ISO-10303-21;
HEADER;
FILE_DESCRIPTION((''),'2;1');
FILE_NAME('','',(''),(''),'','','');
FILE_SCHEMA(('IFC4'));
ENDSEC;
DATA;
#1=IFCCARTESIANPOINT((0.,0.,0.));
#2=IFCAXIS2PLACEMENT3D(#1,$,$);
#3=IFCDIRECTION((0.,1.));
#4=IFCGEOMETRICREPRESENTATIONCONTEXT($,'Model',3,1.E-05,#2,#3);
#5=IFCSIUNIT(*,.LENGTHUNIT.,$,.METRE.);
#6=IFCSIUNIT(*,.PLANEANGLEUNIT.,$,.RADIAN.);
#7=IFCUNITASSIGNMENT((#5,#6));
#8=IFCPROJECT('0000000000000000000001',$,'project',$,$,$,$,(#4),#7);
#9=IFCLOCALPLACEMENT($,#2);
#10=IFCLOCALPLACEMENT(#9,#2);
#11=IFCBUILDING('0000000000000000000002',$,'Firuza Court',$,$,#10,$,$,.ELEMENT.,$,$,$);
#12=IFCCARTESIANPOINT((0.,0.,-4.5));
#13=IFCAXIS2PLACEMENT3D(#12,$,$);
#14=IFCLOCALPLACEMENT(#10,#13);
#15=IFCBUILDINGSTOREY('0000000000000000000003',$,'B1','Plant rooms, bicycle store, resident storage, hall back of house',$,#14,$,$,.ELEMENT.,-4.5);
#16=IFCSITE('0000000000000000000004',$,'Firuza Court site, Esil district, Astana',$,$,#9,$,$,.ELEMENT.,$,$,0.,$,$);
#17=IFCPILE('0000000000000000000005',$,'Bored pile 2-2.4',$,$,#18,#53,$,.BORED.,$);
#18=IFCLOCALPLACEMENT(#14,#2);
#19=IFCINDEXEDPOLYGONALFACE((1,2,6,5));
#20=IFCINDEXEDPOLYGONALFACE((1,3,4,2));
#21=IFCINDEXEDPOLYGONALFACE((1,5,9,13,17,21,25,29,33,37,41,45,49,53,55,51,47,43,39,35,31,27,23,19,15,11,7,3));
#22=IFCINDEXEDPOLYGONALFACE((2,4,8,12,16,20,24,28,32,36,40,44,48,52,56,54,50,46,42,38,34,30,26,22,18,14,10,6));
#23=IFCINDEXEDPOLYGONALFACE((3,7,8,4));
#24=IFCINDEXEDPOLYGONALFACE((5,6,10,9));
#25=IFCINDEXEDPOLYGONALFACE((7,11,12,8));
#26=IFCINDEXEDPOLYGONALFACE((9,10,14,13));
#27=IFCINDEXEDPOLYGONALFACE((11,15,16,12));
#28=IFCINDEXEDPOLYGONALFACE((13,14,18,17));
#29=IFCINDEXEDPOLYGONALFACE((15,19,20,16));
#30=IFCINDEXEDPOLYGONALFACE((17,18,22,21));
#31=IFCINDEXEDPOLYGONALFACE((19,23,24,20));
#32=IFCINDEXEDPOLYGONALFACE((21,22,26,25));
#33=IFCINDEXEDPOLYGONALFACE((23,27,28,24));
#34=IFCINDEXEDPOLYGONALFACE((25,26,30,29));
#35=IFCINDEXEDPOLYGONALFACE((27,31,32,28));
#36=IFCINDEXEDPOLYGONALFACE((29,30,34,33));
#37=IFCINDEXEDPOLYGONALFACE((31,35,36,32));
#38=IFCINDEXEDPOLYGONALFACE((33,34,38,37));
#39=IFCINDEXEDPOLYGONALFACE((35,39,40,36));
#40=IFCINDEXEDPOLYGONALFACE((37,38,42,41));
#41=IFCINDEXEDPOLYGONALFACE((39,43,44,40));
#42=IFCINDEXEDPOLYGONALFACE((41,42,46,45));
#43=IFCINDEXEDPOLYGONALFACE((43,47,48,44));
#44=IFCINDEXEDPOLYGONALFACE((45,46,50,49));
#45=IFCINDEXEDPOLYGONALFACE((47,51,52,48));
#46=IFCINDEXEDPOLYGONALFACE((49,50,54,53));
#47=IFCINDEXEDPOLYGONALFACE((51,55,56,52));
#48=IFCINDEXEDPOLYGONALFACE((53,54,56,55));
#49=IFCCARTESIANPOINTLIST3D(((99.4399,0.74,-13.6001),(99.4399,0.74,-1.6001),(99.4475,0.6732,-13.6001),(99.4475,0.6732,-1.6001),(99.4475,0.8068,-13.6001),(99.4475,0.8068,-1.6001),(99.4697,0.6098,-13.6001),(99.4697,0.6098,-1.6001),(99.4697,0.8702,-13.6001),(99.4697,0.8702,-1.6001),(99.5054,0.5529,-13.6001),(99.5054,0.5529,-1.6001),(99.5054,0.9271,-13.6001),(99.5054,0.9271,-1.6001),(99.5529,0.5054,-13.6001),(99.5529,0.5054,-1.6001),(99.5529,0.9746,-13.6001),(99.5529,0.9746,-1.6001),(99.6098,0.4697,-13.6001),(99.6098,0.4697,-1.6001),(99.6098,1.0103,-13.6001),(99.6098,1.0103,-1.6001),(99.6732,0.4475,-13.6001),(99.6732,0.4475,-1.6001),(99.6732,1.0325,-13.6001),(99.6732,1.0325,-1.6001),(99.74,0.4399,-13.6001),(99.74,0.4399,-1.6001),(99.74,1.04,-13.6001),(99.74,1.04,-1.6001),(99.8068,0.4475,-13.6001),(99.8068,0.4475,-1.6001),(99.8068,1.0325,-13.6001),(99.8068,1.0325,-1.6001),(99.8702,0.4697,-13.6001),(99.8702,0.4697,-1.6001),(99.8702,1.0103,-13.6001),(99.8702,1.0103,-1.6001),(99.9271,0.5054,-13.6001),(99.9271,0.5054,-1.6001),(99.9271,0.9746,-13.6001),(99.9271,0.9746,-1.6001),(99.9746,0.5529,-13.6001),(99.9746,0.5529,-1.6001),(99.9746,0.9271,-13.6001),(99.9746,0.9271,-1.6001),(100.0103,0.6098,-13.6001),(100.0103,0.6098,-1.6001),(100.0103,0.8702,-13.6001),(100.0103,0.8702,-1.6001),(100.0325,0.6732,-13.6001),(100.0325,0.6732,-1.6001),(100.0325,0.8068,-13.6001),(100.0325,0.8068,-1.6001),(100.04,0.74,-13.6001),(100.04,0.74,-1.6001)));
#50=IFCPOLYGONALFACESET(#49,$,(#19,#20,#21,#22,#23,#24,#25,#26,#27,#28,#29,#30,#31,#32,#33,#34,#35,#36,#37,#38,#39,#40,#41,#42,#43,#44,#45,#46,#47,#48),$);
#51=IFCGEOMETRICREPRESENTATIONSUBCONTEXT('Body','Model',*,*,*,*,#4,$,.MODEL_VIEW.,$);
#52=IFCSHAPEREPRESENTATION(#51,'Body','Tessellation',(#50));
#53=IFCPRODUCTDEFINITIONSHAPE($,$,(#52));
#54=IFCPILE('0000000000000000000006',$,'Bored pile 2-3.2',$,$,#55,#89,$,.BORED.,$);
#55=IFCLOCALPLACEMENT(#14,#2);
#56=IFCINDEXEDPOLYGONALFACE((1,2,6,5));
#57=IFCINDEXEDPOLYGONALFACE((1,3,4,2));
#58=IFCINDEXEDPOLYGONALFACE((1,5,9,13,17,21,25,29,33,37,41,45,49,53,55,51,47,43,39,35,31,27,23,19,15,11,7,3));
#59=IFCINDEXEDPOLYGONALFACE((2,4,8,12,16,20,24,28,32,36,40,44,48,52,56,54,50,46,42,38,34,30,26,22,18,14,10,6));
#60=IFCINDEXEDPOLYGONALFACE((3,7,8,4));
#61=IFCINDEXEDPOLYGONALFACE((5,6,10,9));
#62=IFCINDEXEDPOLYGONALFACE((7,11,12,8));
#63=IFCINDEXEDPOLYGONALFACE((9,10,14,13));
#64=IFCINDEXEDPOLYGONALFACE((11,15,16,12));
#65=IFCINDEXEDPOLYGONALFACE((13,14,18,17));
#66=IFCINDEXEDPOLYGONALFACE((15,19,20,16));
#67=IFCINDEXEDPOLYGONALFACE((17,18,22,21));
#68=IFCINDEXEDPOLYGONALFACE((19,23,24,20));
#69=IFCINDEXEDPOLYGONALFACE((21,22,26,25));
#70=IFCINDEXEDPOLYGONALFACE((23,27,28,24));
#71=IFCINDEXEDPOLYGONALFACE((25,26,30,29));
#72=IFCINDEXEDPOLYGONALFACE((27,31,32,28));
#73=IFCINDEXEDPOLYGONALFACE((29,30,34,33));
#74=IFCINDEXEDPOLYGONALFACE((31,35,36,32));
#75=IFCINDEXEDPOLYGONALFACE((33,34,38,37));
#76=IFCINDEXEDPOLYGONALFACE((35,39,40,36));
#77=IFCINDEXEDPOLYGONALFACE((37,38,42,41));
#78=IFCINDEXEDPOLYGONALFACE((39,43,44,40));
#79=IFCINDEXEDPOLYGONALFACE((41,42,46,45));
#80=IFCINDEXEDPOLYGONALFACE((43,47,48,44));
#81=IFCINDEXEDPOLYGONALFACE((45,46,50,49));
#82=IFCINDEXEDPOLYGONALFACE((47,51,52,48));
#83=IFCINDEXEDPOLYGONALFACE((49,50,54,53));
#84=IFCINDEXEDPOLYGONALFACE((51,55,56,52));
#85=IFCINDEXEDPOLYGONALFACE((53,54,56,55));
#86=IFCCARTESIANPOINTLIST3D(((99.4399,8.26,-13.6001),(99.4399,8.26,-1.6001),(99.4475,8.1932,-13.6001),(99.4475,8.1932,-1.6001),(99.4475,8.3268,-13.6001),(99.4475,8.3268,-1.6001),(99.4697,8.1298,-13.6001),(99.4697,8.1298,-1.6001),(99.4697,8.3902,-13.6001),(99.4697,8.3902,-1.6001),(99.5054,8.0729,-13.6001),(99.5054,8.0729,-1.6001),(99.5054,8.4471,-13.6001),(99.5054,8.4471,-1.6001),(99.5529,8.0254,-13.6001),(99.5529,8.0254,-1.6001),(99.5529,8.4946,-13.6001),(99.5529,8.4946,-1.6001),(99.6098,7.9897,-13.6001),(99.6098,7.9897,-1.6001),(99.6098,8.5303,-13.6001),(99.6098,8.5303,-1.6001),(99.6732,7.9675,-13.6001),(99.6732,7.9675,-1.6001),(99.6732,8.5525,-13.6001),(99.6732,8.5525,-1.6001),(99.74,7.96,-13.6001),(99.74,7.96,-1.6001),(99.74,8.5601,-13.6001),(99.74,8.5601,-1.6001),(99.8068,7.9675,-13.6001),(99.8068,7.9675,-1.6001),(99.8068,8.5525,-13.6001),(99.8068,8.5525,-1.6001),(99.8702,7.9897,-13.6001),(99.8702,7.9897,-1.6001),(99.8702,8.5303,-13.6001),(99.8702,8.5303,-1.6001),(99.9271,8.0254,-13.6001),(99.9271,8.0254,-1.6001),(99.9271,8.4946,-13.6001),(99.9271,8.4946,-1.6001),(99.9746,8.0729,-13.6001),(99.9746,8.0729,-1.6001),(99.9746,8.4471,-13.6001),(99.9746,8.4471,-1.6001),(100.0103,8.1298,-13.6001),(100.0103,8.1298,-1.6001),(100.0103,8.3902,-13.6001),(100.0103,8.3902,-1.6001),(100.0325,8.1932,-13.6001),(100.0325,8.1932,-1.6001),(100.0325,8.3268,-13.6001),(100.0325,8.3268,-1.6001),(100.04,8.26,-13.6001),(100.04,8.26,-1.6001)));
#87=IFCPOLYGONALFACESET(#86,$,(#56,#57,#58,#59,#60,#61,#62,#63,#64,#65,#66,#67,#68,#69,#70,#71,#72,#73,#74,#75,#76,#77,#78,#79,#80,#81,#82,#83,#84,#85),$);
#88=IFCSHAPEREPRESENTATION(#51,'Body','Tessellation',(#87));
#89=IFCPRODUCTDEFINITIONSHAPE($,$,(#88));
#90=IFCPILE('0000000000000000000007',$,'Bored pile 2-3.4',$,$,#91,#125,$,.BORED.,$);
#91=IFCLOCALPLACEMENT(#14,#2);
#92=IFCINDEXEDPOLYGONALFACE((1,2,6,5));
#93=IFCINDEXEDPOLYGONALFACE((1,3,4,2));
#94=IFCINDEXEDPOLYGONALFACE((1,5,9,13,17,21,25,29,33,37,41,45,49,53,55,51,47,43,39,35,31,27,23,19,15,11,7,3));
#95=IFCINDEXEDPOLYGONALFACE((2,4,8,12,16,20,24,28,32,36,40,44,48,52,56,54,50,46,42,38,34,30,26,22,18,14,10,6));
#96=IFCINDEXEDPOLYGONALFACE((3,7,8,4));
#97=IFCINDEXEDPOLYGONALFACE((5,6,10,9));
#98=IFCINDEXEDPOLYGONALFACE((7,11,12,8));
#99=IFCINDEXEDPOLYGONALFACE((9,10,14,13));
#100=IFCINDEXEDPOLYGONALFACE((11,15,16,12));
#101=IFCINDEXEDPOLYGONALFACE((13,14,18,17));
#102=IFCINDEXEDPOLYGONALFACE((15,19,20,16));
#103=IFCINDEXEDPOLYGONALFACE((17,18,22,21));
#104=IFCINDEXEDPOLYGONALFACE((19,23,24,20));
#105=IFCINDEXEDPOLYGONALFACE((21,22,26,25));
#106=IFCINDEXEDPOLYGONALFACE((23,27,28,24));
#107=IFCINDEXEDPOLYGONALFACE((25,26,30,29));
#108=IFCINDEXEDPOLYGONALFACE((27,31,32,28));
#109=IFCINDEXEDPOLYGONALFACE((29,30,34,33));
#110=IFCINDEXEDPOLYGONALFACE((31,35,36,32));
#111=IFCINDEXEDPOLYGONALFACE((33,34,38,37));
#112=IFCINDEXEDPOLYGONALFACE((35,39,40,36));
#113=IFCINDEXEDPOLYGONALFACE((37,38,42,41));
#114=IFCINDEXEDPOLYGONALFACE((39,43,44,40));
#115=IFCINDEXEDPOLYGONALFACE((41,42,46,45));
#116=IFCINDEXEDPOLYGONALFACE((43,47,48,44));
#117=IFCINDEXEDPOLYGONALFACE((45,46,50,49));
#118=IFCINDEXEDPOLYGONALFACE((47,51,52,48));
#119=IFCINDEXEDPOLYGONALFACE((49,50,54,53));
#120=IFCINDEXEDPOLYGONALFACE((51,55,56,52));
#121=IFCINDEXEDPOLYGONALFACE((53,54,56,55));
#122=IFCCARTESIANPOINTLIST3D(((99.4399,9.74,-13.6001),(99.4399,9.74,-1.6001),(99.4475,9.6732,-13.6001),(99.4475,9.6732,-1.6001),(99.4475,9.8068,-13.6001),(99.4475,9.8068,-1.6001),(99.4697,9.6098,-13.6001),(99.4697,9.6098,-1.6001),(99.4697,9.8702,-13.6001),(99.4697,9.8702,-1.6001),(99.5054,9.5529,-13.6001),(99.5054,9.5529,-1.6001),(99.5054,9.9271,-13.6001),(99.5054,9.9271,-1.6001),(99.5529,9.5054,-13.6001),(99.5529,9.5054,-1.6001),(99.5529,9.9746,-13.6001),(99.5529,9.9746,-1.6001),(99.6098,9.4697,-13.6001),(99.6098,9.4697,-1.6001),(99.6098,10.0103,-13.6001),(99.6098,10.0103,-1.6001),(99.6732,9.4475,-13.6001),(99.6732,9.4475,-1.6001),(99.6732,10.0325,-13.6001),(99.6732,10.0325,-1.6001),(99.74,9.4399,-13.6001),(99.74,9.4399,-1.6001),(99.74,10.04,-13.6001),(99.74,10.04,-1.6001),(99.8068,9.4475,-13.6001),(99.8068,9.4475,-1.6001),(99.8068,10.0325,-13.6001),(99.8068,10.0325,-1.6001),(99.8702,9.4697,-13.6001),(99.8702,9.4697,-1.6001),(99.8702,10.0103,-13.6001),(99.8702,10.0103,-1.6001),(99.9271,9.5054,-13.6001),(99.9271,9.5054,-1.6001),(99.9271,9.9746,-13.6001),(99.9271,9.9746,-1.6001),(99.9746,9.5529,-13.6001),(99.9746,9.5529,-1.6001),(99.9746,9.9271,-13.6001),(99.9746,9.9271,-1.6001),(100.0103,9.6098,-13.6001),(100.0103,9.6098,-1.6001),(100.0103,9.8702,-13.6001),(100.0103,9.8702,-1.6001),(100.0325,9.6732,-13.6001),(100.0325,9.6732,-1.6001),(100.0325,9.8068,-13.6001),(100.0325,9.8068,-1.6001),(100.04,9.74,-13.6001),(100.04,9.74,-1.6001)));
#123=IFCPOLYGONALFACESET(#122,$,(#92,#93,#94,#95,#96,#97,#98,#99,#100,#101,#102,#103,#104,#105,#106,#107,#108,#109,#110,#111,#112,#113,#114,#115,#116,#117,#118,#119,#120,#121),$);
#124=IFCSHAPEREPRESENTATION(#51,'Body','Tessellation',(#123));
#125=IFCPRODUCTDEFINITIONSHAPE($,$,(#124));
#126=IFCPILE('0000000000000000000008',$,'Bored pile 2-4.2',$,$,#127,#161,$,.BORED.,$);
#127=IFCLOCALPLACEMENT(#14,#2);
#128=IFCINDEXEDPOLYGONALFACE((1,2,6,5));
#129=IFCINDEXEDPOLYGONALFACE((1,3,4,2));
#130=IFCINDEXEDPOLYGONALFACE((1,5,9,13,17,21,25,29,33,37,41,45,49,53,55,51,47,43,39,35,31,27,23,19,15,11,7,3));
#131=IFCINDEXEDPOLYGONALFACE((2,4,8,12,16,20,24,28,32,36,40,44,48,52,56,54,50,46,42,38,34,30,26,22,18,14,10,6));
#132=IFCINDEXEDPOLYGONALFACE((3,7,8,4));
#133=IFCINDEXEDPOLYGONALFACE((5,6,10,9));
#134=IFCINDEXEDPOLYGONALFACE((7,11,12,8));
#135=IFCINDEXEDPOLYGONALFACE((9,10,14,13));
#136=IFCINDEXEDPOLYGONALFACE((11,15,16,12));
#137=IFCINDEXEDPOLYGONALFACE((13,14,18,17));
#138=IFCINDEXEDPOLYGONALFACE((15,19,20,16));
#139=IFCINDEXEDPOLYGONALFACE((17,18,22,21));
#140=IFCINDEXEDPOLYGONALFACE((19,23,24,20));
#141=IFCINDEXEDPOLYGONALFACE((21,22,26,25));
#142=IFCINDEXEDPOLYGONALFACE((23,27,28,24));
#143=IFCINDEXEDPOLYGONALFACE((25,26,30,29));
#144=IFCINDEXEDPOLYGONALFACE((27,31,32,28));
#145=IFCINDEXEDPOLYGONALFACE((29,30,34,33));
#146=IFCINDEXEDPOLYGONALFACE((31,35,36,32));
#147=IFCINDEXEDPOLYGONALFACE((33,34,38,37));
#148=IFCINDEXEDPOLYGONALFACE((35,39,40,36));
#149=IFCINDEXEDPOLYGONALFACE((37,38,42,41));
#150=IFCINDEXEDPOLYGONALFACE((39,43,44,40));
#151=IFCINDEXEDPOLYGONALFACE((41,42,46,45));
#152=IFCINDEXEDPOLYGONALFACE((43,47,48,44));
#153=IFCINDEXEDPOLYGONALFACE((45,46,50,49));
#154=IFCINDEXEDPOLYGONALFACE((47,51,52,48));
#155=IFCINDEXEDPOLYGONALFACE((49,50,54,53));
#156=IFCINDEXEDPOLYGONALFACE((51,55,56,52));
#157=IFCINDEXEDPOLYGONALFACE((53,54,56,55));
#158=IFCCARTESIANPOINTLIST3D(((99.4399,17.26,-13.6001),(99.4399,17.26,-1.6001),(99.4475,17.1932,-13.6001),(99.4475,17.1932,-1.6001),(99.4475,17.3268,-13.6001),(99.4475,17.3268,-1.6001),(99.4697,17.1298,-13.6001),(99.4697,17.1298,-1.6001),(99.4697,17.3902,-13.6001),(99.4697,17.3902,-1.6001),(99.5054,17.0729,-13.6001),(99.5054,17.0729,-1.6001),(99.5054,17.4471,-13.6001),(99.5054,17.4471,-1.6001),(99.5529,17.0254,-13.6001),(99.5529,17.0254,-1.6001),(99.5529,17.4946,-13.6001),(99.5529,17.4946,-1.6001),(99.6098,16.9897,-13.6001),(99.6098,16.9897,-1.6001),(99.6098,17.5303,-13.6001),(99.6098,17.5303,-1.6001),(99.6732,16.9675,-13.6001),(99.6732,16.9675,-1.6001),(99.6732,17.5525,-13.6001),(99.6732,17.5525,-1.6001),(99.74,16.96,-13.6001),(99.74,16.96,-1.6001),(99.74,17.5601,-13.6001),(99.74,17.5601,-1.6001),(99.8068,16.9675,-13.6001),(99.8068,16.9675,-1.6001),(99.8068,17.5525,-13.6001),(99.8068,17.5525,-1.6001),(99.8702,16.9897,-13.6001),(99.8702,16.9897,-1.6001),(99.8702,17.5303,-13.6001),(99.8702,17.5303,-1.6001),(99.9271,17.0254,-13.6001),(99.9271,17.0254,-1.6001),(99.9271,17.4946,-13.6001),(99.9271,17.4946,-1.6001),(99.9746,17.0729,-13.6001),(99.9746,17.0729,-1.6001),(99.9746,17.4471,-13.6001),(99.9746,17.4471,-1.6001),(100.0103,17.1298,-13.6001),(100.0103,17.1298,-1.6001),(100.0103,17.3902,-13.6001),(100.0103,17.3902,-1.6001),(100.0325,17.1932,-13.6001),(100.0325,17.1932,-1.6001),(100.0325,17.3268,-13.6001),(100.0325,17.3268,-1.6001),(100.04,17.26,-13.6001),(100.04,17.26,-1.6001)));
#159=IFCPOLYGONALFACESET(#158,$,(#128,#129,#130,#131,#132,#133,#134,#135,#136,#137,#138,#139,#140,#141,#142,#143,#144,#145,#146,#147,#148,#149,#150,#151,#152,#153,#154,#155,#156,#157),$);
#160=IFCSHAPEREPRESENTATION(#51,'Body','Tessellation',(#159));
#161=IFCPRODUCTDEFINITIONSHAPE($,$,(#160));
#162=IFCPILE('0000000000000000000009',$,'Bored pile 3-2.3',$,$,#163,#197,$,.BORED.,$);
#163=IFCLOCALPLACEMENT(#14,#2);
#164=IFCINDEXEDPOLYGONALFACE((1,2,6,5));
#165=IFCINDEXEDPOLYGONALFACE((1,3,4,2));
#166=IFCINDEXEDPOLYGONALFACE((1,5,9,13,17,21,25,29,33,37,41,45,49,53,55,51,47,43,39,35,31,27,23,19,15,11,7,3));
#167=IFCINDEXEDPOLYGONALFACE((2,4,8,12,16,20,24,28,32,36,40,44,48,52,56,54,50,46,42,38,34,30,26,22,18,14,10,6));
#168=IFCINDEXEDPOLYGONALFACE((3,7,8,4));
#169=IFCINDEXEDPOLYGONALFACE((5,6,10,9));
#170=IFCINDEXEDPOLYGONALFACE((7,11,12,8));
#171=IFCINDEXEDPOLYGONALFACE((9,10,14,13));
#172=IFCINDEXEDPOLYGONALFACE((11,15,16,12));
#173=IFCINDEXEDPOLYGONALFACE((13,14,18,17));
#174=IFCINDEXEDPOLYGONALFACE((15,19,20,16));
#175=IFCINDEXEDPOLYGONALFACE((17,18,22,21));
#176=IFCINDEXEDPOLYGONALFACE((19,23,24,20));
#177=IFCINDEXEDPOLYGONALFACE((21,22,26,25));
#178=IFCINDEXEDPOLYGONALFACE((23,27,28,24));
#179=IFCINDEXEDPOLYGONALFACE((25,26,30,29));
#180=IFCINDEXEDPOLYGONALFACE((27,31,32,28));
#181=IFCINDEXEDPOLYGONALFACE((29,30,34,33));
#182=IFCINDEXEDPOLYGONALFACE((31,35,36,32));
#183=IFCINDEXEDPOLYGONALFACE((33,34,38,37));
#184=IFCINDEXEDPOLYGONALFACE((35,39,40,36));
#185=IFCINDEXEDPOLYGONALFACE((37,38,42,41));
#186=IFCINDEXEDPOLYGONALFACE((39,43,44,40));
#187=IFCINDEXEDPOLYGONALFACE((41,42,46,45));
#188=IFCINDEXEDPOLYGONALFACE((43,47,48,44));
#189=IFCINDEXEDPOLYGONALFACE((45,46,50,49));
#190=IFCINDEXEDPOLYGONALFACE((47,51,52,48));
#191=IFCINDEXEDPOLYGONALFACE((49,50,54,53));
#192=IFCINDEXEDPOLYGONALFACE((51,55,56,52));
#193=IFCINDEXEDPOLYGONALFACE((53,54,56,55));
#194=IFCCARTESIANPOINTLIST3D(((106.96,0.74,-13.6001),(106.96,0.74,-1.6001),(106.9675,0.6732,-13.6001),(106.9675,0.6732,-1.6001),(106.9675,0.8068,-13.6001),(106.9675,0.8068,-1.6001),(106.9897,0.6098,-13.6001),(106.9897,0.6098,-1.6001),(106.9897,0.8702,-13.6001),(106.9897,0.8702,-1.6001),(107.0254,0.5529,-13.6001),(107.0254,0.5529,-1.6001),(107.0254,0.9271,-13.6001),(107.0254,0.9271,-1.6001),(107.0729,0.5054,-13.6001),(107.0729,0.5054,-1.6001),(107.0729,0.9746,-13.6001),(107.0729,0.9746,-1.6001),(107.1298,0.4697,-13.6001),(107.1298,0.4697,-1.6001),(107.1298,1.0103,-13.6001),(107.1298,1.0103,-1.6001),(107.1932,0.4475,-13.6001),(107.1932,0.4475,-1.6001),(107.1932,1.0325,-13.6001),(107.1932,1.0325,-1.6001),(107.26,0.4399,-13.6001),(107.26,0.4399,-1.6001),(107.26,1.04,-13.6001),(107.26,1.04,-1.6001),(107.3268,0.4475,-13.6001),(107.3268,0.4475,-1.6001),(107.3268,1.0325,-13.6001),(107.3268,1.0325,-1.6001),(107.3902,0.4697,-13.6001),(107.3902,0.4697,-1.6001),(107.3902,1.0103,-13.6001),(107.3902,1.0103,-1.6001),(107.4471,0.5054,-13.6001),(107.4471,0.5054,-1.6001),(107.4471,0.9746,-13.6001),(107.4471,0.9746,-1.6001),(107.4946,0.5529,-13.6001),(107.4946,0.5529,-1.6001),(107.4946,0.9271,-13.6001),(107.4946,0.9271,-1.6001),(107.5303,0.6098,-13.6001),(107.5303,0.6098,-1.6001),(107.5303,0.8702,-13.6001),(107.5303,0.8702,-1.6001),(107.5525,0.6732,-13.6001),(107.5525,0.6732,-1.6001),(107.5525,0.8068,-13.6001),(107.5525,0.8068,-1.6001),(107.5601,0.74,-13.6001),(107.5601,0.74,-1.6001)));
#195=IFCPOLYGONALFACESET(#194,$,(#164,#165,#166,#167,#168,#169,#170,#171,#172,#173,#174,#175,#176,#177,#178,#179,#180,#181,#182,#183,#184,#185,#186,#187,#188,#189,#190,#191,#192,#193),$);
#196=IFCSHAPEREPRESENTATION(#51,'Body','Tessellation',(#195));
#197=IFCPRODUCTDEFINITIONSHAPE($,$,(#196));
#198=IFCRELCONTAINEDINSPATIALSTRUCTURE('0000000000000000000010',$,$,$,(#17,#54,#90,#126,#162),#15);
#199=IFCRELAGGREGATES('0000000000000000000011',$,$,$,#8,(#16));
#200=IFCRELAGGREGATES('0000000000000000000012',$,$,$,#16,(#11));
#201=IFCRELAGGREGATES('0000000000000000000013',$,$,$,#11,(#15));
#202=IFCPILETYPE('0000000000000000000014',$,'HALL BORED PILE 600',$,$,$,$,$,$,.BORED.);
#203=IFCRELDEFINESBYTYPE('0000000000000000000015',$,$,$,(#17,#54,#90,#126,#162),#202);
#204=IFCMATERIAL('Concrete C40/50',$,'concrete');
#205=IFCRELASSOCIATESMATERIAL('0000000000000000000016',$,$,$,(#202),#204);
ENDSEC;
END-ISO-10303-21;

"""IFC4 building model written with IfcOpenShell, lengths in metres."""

from ifc_helpers import new_model, si_unit, direction, frame, origin, origin_2d, place, context, subcontext, project, spatial, circle, extrude, material, material_profile, profile_set, type_object, element, save


model = new_model("IFC4")

# Units and contexts
model_context = context("Model", 3, precision=1e-05, world=origin(), true_north=direction((0.0, 1.0)))
body_context = subcontext(model_context, "Body", "Model", "MODEL_VIEW")
ifc_project = project(units=[si_unit("LENGTHUNIT", "METRE"), si_unit("PLANEANGLEUNIT", "RADIAN")], contexts=[model_context])

# Site, building, storey
site_placement = place(None, origin())
site = spatial("IfcSite", under=ifc_project, at=site_placement, Name="Firuza Court site, Esil district, Astana", CompositionType="ELEMENT", RefElevation=0.0)
building_placement = place(site_placement, origin())
building = spatial("IfcBuilding", under=site, at=building_placement, Name="Firuza Court", CompositionType="ELEMENT")
storey_placement = place(building_placement, frame((0.0, 0.0, -4.5)))
storey = spatial("IfcBuildingStorey", under=building, at=storey_placement, Name="B1", Description="Plant rooms, bicycle store, resident storage, hall back of house", CompositionType="ELEMENT", Elevation=-4.5)

# Piles
ifc_material_1 = material(Name="Concrete C40/50", Category="concrete")
ifc_material_profile_1 = material_profile(ifc_material_1, circle(Radius=0.3, at=origin_2d()), Name="PILE 600")
ifc_profile_set_1 = profile_set([ifc_material_profile_1], Name="Concrete C40/50")
pile_type = type_object("IfcPileType", Name="HALL BORED PILE 600", PredefinedType="BORED", material=ifc_profile_set_1)
for number, where, z_axis, x_axis, name in (
    (1, (99.74, 0.74, -1.6001), (0.0, 0.0, -1.0), (1.0, 0.0, 0.0), "Bored pile 2-2.4"),
    (2, (99.74, 8.26, -1.6001), (0.0, 0.0, -1.0), (1.0, 0.0, 0.0), "Bored pile 2-3.2"),
    (3, (99.74, 9.74, -1.6001), (0.0, 0.0, -1.0), (1.0, 0.0, 0.0), "Bored pile 2-3.4"),
    (4, (99.74, 17.26, -1.6001), (0.0, 0.0, -1.0), (1.0, 0.0, 0.0), "Bored pile 2-4.2"),
    (5, (107.26, 0.74, -1.6001), (0.0, 0.0, -1.0), (1.0, 0.0, 0.0), "Bored pile 3-2.3"),
):
    element("IfcPile", number, at=place(storey_placement, frame(where, z_axis=z_axis, x_axis=x_axis)), inside=storey, type_object=pile_type, Name=name, PredefinedType="BORED", context=body_context, shape_type="SweptSolid", body=[
        extrude(circle(Radius=0.3, at=origin_2d()), origin(), (0.0, 0.0, 1.0), 12.0),
    ])

save(model, "model.ifc")
